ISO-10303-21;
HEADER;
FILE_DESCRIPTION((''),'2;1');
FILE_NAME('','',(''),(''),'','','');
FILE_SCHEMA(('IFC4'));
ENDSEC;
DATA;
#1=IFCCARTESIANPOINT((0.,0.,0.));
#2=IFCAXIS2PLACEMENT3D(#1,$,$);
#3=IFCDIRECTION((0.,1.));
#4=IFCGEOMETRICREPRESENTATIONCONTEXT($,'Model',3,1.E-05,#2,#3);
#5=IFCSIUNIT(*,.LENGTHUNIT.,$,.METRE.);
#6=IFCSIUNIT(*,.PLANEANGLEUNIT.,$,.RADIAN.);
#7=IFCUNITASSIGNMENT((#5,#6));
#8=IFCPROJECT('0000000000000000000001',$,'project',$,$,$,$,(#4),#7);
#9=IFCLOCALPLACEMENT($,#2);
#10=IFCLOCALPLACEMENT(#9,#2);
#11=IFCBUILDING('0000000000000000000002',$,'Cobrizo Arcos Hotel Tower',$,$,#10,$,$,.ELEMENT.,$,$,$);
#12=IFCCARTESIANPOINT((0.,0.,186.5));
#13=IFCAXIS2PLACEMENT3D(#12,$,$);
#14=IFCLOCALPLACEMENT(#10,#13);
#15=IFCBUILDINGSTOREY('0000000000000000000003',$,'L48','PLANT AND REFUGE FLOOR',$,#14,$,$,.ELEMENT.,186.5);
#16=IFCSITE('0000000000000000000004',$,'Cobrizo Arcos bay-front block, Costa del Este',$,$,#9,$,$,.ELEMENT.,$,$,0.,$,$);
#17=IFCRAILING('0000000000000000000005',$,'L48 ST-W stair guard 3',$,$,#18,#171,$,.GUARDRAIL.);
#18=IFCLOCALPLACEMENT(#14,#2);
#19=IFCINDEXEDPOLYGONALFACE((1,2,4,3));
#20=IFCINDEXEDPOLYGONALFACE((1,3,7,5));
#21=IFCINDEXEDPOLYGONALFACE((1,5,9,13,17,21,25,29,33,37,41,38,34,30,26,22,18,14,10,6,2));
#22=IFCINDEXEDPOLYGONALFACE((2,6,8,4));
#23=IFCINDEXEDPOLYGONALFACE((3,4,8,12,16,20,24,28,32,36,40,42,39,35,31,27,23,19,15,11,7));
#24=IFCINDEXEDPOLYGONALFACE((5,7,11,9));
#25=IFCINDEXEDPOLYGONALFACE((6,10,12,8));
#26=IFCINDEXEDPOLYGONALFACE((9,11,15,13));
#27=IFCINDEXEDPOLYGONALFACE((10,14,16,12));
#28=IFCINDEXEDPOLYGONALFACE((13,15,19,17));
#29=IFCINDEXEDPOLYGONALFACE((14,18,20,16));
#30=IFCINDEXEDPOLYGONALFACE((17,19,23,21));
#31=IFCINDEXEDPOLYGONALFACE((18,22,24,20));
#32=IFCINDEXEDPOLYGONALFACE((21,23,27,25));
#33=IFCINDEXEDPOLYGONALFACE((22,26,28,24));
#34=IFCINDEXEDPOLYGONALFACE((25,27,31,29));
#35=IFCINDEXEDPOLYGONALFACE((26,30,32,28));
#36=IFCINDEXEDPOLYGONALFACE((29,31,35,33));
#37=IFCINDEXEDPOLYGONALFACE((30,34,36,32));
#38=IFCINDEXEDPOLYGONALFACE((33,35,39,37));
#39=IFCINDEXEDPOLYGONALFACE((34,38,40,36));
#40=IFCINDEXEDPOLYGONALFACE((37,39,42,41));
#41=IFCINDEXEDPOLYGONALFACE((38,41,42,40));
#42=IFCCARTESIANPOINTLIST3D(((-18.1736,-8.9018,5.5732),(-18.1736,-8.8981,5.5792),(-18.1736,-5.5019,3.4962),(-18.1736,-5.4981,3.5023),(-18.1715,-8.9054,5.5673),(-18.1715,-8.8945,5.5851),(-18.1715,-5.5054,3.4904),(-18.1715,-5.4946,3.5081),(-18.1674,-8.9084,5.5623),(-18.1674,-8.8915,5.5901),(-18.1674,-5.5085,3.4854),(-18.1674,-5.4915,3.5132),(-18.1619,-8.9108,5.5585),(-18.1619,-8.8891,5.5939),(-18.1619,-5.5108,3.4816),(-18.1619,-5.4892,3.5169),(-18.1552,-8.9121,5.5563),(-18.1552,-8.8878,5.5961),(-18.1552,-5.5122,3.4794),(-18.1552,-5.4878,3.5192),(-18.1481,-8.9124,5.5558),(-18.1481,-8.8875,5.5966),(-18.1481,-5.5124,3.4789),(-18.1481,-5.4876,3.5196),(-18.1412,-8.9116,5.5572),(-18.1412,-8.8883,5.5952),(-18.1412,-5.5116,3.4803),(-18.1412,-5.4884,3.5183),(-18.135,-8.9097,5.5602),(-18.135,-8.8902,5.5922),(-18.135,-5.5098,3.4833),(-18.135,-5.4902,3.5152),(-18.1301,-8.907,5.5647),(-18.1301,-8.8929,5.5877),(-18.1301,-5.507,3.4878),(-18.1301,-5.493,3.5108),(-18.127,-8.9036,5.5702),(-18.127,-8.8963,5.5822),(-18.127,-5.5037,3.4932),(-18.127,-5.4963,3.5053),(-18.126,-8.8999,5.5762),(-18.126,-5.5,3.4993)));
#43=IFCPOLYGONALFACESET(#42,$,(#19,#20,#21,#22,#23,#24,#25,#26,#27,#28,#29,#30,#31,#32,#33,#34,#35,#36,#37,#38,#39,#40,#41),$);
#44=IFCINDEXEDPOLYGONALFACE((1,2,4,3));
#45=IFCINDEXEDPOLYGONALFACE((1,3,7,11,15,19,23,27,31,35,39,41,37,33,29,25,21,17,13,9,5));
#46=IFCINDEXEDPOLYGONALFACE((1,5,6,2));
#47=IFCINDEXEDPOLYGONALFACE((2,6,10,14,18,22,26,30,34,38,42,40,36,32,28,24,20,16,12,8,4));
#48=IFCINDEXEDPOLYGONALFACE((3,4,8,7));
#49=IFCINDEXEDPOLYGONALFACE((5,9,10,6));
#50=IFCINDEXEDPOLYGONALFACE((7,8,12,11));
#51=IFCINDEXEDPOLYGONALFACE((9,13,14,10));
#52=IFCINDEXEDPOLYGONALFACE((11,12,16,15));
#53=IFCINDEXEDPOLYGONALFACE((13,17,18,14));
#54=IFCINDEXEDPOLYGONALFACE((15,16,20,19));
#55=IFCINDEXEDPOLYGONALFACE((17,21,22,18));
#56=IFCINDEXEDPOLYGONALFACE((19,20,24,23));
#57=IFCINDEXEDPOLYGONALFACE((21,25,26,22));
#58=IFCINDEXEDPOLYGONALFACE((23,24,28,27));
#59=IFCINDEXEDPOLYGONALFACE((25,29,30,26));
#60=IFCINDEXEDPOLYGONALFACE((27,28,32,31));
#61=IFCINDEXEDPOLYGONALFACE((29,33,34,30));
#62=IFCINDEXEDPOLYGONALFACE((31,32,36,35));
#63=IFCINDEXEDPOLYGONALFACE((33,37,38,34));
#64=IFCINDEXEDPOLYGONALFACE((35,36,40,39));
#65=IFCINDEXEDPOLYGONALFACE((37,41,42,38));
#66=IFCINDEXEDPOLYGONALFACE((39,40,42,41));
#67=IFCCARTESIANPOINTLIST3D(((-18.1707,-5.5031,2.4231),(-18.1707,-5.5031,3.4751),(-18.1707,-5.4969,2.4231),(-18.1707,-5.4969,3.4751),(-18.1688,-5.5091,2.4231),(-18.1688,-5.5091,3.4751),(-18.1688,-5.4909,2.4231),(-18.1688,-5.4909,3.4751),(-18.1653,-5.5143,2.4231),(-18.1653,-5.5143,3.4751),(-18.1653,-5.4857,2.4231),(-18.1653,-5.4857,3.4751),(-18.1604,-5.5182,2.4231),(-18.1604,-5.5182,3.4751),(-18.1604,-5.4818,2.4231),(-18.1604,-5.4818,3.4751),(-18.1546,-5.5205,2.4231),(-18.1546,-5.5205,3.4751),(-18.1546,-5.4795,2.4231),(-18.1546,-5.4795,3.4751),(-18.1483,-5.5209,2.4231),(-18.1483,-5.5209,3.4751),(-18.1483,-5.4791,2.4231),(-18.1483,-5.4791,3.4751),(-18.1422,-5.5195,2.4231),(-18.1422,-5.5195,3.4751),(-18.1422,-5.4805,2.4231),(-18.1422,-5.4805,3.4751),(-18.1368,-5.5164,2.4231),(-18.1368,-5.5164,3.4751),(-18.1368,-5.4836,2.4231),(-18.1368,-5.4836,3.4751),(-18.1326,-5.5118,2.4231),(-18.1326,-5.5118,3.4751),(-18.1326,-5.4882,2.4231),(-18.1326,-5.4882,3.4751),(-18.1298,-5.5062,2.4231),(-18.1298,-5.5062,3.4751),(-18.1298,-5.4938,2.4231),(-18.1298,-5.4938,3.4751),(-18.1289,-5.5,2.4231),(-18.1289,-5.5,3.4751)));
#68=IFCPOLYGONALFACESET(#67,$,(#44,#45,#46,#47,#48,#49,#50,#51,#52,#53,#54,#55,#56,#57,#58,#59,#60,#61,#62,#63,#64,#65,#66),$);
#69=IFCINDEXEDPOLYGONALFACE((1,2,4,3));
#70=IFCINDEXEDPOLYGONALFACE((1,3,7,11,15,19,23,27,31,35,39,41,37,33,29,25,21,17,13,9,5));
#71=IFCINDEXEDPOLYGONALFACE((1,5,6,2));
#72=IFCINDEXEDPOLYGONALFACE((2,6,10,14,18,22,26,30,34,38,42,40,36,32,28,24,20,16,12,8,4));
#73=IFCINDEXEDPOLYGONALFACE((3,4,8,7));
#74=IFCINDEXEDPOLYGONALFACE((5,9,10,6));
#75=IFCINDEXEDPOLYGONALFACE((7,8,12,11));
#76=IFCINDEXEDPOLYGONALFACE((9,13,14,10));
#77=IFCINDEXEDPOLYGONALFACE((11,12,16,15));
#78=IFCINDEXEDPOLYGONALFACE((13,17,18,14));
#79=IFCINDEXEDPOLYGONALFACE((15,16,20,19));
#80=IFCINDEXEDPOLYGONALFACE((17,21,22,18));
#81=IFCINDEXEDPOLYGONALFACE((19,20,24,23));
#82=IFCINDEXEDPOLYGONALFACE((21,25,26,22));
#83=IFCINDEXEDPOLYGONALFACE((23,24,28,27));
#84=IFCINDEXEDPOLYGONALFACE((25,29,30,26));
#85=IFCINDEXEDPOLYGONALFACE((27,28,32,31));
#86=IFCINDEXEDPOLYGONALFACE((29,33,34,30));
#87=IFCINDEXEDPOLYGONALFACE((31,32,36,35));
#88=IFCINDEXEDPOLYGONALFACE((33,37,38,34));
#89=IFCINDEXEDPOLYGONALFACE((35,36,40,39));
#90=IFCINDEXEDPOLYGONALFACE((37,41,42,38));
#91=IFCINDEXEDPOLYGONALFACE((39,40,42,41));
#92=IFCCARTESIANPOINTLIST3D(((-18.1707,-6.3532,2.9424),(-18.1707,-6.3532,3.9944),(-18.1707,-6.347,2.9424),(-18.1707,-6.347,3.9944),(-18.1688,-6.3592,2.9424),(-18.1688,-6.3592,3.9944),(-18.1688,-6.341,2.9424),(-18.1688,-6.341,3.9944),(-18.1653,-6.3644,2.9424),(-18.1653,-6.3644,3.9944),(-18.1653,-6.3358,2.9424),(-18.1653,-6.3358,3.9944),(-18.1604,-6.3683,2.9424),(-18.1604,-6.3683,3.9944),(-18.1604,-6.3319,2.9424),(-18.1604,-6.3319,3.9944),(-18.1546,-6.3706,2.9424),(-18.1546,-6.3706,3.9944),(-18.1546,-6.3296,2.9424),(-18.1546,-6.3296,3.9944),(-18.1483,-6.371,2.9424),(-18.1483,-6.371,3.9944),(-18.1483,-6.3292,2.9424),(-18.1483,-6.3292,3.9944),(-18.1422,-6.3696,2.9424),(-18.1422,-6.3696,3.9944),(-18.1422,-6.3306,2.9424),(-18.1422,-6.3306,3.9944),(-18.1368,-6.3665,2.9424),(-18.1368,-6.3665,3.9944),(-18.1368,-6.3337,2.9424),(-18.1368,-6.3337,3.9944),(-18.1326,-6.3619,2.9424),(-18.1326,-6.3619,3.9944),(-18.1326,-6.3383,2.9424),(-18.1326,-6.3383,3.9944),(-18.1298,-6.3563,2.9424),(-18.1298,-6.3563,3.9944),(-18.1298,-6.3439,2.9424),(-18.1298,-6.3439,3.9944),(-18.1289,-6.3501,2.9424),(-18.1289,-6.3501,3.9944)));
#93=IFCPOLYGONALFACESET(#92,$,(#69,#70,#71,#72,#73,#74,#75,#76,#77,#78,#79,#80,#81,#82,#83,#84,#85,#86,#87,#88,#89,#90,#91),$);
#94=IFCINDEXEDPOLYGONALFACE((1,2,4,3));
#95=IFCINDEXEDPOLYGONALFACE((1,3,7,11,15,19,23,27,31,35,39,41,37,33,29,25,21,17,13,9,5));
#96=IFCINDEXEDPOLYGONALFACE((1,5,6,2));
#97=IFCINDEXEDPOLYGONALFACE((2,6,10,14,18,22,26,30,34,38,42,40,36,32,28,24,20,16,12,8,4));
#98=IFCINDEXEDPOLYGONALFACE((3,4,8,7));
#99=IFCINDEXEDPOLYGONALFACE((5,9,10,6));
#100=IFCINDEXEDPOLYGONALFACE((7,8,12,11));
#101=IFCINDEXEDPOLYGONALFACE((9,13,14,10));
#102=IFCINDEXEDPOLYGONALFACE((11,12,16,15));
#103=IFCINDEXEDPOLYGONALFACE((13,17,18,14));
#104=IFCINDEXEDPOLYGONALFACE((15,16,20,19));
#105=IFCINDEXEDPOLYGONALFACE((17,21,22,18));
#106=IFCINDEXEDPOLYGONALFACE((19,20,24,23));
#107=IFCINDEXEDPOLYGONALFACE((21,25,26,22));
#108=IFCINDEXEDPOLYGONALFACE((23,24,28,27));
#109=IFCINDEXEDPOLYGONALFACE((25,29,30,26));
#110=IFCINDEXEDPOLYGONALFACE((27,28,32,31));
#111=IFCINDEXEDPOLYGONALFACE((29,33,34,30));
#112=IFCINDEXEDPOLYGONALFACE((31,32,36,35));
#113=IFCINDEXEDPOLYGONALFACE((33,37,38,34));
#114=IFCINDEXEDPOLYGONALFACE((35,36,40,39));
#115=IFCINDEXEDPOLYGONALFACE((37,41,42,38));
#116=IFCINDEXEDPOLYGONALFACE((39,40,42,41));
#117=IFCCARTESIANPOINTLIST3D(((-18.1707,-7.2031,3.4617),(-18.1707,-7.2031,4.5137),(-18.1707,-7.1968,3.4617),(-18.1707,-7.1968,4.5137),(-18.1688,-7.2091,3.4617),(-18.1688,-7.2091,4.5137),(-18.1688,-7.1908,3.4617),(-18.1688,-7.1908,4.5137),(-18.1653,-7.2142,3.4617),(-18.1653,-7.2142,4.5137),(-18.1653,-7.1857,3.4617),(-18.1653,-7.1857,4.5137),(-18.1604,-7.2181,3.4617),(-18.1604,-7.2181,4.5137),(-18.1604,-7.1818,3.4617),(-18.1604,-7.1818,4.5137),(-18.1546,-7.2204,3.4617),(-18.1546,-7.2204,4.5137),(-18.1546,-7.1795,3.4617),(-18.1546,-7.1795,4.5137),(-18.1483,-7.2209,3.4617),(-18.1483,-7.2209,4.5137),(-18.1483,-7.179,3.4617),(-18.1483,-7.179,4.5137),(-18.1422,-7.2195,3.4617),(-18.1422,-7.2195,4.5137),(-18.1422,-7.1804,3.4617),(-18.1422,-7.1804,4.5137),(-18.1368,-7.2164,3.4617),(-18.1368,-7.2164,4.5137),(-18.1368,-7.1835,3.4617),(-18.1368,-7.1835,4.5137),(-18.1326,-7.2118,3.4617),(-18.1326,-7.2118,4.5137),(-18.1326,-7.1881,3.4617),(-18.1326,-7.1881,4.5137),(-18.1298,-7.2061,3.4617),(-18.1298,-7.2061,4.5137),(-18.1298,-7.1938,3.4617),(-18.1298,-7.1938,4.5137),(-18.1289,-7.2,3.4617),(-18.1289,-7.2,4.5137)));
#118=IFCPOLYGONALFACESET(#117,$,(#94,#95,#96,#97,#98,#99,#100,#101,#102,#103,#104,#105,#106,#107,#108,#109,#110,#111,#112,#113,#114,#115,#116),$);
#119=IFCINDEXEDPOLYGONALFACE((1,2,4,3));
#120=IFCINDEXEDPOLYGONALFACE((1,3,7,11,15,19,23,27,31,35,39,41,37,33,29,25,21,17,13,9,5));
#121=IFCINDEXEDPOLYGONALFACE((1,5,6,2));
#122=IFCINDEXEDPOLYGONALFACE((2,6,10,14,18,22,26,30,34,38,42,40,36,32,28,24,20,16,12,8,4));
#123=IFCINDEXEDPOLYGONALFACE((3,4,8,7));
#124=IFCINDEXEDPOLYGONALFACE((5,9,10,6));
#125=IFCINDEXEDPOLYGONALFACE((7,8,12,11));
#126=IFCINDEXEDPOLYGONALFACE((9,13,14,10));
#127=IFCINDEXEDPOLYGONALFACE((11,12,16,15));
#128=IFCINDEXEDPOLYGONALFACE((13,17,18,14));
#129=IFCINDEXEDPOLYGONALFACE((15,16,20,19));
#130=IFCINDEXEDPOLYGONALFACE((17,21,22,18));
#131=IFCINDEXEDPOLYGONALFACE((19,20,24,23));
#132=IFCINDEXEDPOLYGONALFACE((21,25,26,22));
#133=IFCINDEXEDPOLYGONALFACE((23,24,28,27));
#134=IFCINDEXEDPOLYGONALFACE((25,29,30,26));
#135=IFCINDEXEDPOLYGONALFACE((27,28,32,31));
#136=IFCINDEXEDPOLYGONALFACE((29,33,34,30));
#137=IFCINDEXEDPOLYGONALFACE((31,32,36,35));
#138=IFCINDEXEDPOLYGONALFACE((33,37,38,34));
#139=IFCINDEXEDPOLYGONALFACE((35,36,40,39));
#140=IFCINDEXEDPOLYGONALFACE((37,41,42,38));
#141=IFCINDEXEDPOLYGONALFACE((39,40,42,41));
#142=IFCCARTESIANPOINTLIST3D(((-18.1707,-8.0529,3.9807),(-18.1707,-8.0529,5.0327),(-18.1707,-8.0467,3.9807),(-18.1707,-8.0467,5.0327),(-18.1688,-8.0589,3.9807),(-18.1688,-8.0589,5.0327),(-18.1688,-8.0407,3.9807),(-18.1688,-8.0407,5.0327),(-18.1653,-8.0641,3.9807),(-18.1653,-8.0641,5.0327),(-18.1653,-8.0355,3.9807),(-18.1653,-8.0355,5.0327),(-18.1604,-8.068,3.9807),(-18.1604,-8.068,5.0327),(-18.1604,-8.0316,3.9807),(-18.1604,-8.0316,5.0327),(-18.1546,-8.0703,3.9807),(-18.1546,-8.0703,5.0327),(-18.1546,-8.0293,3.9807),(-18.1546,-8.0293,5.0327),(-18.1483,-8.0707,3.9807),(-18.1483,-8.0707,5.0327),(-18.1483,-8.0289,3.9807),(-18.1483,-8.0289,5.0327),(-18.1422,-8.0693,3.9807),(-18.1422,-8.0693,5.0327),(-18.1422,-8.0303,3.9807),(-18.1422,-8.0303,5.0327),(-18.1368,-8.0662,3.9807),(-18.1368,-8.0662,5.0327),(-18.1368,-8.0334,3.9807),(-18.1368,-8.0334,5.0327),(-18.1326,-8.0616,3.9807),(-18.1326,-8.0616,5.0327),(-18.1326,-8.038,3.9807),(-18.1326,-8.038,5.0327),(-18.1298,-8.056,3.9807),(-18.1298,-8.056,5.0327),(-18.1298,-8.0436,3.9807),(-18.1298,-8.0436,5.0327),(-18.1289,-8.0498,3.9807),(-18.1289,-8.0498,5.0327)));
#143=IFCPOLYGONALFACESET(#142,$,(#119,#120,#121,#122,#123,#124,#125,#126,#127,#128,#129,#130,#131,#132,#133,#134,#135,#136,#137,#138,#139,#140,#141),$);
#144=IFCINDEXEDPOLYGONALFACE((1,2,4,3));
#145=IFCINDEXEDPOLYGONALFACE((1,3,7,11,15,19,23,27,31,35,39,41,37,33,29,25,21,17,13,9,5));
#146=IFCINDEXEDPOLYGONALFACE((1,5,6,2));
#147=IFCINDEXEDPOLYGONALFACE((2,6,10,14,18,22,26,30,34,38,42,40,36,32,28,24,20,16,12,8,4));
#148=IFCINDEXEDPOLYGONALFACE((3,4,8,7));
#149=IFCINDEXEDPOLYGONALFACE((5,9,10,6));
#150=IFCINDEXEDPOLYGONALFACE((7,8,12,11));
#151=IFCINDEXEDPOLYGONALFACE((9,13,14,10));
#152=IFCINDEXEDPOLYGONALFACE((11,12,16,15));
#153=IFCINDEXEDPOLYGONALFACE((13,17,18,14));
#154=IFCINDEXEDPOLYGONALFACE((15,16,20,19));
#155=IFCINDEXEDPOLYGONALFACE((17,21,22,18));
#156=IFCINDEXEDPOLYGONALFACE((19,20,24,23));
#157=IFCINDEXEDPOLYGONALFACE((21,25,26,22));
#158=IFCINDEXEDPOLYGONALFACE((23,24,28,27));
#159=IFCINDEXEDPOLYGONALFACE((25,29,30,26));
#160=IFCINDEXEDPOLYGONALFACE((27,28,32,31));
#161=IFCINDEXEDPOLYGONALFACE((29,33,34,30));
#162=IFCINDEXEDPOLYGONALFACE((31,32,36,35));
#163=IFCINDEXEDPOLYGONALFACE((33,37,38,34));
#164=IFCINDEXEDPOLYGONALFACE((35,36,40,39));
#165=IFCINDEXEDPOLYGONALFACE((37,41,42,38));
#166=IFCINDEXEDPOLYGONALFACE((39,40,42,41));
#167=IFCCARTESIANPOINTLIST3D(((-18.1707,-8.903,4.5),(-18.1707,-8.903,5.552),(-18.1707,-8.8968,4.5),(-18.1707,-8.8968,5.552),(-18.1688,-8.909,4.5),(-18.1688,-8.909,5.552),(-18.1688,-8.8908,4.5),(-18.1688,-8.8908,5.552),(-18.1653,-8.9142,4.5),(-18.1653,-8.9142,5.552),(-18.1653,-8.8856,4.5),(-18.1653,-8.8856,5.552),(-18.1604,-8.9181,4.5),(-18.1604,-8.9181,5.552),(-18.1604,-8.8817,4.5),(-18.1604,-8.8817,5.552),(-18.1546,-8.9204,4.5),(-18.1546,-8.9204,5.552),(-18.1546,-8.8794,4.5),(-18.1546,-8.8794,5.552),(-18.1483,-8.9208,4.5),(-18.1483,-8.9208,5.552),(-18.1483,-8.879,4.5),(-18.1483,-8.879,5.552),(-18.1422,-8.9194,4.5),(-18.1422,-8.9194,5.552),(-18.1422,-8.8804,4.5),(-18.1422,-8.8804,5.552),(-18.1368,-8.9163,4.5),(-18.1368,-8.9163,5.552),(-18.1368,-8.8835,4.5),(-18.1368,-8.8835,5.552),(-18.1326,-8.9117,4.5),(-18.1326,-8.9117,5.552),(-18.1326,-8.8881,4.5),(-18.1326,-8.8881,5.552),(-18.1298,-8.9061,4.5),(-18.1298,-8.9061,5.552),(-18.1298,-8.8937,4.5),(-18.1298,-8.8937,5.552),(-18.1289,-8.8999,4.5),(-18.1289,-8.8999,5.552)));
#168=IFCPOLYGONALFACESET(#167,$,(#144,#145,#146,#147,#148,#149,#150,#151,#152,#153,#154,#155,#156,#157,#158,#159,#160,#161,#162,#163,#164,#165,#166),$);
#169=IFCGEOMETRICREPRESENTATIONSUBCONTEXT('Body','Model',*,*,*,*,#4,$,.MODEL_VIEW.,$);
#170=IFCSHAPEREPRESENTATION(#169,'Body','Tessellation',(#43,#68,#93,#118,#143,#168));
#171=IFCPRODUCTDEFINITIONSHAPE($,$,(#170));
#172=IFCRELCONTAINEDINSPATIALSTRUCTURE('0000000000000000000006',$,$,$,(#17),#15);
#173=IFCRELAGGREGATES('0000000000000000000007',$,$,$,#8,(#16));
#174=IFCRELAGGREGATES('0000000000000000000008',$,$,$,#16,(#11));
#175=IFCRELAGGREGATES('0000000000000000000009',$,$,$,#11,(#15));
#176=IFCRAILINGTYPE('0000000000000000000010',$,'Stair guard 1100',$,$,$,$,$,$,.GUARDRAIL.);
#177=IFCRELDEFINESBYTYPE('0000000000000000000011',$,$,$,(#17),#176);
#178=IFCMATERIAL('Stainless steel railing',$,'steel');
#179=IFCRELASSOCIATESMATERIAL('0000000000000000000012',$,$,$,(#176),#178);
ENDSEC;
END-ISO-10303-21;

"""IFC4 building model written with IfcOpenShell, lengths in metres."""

from ifc_helpers import new_model, si_unit, direction, frame, origin, origin_2d, place, context, subcontext, project, spatial, circle, extrude, material, type_object, element, save


model = new_model("IFC4")

# Units and contexts
model_context = context("Model", 3, precision=1e-05, world=origin(), true_north=direction((0.0, 1.0)))
body_context = subcontext(model_context, "Body", "Model", "MODEL_VIEW")
ifc_project = project(units=[si_unit("LENGTHUNIT", "METRE"), si_unit("PLANEANGLEUNIT", "RADIAN")], contexts=[model_context])

# Site, building, storey
site_placement = place(None, origin())
site = spatial("IfcSite", under=ifc_project, at=site_placement, Name="Cobrizo Arcos bay-front block, Costa del Este", CompositionType="ELEMENT", RefElevation=0.0)
building_placement = place(site_placement, origin())
building = spatial("IfcBuilding", under=site, at=building_placement, Name="Cobrizo Arcos Hotel Tower", CompositionType="ELEMENT")
storey_placement = place(building_placement, frame((0.0, 0.0, 186.5)))
storey = spatial("IfcBuildingStorey", under=building, at=storey_placement, Name="L48", Description="PLANT AND REFUGE FLOOR", CompositionType="ELEMENT", Elevation=186.5)

# Railing
ifc_material_1 = material(Name="Stainless steel railing", Category="steel")
railing_type_1 = type_object("IfcRailingType", Name="Stair guard 1100", PredefinedType="GUARDRAIL", material=ifc_material_1)
railing_1_placement = place(storey_placement, frame((-18.1499, -5.5, 2.4231)))
element("IfcRailing", 1, at=railing_1_placement, inside=storey, type_object=railing_type_1, Name="L48 ST-W stair guard 3", PredefinedType="GUARDRAIL", context=body_context, shape_type="SweptSolid", body=[
    extrude(circle(Radius=0.0239, at=origin_2d()), frame((0.0, 0.0, 1.0762), z_axis=(0.0, -0.853373, 0.521301), x_axis=(1.0, 0.0, 0.0)), (0.0, 0.0, 1.0), 3.9841),
    extrude(circle(Radius=0.021, at=origin_2d()), origin(), (0.0, 0.0, 1.0), 1.052),
    extrude(circle(Radius=0.021, at=origin_2d()), frame((0.0, -0.8501, 0.5193)), (0.0, 0.0, 1.0), 1.052),
    extrude(circle(Radius=0.021, at=origin_2d()), frame((0.0, -1.7, 1.0386)), (0.0, 0.0, 1.0), 1.052),
    extrude(circle(Radius=0.021, at=origin_2d()), frame((0.0, -2.5498, 1.5576)), (0.0, 0.0, 1.0), 1.052),
    extrude(circle(Radius=0.021, at=origin_2d()), frame((0.0, -3.3999, 2.0769)), (0.0, 0.0, 1.0), 1.052),
])

save(model, "model.ifc")
